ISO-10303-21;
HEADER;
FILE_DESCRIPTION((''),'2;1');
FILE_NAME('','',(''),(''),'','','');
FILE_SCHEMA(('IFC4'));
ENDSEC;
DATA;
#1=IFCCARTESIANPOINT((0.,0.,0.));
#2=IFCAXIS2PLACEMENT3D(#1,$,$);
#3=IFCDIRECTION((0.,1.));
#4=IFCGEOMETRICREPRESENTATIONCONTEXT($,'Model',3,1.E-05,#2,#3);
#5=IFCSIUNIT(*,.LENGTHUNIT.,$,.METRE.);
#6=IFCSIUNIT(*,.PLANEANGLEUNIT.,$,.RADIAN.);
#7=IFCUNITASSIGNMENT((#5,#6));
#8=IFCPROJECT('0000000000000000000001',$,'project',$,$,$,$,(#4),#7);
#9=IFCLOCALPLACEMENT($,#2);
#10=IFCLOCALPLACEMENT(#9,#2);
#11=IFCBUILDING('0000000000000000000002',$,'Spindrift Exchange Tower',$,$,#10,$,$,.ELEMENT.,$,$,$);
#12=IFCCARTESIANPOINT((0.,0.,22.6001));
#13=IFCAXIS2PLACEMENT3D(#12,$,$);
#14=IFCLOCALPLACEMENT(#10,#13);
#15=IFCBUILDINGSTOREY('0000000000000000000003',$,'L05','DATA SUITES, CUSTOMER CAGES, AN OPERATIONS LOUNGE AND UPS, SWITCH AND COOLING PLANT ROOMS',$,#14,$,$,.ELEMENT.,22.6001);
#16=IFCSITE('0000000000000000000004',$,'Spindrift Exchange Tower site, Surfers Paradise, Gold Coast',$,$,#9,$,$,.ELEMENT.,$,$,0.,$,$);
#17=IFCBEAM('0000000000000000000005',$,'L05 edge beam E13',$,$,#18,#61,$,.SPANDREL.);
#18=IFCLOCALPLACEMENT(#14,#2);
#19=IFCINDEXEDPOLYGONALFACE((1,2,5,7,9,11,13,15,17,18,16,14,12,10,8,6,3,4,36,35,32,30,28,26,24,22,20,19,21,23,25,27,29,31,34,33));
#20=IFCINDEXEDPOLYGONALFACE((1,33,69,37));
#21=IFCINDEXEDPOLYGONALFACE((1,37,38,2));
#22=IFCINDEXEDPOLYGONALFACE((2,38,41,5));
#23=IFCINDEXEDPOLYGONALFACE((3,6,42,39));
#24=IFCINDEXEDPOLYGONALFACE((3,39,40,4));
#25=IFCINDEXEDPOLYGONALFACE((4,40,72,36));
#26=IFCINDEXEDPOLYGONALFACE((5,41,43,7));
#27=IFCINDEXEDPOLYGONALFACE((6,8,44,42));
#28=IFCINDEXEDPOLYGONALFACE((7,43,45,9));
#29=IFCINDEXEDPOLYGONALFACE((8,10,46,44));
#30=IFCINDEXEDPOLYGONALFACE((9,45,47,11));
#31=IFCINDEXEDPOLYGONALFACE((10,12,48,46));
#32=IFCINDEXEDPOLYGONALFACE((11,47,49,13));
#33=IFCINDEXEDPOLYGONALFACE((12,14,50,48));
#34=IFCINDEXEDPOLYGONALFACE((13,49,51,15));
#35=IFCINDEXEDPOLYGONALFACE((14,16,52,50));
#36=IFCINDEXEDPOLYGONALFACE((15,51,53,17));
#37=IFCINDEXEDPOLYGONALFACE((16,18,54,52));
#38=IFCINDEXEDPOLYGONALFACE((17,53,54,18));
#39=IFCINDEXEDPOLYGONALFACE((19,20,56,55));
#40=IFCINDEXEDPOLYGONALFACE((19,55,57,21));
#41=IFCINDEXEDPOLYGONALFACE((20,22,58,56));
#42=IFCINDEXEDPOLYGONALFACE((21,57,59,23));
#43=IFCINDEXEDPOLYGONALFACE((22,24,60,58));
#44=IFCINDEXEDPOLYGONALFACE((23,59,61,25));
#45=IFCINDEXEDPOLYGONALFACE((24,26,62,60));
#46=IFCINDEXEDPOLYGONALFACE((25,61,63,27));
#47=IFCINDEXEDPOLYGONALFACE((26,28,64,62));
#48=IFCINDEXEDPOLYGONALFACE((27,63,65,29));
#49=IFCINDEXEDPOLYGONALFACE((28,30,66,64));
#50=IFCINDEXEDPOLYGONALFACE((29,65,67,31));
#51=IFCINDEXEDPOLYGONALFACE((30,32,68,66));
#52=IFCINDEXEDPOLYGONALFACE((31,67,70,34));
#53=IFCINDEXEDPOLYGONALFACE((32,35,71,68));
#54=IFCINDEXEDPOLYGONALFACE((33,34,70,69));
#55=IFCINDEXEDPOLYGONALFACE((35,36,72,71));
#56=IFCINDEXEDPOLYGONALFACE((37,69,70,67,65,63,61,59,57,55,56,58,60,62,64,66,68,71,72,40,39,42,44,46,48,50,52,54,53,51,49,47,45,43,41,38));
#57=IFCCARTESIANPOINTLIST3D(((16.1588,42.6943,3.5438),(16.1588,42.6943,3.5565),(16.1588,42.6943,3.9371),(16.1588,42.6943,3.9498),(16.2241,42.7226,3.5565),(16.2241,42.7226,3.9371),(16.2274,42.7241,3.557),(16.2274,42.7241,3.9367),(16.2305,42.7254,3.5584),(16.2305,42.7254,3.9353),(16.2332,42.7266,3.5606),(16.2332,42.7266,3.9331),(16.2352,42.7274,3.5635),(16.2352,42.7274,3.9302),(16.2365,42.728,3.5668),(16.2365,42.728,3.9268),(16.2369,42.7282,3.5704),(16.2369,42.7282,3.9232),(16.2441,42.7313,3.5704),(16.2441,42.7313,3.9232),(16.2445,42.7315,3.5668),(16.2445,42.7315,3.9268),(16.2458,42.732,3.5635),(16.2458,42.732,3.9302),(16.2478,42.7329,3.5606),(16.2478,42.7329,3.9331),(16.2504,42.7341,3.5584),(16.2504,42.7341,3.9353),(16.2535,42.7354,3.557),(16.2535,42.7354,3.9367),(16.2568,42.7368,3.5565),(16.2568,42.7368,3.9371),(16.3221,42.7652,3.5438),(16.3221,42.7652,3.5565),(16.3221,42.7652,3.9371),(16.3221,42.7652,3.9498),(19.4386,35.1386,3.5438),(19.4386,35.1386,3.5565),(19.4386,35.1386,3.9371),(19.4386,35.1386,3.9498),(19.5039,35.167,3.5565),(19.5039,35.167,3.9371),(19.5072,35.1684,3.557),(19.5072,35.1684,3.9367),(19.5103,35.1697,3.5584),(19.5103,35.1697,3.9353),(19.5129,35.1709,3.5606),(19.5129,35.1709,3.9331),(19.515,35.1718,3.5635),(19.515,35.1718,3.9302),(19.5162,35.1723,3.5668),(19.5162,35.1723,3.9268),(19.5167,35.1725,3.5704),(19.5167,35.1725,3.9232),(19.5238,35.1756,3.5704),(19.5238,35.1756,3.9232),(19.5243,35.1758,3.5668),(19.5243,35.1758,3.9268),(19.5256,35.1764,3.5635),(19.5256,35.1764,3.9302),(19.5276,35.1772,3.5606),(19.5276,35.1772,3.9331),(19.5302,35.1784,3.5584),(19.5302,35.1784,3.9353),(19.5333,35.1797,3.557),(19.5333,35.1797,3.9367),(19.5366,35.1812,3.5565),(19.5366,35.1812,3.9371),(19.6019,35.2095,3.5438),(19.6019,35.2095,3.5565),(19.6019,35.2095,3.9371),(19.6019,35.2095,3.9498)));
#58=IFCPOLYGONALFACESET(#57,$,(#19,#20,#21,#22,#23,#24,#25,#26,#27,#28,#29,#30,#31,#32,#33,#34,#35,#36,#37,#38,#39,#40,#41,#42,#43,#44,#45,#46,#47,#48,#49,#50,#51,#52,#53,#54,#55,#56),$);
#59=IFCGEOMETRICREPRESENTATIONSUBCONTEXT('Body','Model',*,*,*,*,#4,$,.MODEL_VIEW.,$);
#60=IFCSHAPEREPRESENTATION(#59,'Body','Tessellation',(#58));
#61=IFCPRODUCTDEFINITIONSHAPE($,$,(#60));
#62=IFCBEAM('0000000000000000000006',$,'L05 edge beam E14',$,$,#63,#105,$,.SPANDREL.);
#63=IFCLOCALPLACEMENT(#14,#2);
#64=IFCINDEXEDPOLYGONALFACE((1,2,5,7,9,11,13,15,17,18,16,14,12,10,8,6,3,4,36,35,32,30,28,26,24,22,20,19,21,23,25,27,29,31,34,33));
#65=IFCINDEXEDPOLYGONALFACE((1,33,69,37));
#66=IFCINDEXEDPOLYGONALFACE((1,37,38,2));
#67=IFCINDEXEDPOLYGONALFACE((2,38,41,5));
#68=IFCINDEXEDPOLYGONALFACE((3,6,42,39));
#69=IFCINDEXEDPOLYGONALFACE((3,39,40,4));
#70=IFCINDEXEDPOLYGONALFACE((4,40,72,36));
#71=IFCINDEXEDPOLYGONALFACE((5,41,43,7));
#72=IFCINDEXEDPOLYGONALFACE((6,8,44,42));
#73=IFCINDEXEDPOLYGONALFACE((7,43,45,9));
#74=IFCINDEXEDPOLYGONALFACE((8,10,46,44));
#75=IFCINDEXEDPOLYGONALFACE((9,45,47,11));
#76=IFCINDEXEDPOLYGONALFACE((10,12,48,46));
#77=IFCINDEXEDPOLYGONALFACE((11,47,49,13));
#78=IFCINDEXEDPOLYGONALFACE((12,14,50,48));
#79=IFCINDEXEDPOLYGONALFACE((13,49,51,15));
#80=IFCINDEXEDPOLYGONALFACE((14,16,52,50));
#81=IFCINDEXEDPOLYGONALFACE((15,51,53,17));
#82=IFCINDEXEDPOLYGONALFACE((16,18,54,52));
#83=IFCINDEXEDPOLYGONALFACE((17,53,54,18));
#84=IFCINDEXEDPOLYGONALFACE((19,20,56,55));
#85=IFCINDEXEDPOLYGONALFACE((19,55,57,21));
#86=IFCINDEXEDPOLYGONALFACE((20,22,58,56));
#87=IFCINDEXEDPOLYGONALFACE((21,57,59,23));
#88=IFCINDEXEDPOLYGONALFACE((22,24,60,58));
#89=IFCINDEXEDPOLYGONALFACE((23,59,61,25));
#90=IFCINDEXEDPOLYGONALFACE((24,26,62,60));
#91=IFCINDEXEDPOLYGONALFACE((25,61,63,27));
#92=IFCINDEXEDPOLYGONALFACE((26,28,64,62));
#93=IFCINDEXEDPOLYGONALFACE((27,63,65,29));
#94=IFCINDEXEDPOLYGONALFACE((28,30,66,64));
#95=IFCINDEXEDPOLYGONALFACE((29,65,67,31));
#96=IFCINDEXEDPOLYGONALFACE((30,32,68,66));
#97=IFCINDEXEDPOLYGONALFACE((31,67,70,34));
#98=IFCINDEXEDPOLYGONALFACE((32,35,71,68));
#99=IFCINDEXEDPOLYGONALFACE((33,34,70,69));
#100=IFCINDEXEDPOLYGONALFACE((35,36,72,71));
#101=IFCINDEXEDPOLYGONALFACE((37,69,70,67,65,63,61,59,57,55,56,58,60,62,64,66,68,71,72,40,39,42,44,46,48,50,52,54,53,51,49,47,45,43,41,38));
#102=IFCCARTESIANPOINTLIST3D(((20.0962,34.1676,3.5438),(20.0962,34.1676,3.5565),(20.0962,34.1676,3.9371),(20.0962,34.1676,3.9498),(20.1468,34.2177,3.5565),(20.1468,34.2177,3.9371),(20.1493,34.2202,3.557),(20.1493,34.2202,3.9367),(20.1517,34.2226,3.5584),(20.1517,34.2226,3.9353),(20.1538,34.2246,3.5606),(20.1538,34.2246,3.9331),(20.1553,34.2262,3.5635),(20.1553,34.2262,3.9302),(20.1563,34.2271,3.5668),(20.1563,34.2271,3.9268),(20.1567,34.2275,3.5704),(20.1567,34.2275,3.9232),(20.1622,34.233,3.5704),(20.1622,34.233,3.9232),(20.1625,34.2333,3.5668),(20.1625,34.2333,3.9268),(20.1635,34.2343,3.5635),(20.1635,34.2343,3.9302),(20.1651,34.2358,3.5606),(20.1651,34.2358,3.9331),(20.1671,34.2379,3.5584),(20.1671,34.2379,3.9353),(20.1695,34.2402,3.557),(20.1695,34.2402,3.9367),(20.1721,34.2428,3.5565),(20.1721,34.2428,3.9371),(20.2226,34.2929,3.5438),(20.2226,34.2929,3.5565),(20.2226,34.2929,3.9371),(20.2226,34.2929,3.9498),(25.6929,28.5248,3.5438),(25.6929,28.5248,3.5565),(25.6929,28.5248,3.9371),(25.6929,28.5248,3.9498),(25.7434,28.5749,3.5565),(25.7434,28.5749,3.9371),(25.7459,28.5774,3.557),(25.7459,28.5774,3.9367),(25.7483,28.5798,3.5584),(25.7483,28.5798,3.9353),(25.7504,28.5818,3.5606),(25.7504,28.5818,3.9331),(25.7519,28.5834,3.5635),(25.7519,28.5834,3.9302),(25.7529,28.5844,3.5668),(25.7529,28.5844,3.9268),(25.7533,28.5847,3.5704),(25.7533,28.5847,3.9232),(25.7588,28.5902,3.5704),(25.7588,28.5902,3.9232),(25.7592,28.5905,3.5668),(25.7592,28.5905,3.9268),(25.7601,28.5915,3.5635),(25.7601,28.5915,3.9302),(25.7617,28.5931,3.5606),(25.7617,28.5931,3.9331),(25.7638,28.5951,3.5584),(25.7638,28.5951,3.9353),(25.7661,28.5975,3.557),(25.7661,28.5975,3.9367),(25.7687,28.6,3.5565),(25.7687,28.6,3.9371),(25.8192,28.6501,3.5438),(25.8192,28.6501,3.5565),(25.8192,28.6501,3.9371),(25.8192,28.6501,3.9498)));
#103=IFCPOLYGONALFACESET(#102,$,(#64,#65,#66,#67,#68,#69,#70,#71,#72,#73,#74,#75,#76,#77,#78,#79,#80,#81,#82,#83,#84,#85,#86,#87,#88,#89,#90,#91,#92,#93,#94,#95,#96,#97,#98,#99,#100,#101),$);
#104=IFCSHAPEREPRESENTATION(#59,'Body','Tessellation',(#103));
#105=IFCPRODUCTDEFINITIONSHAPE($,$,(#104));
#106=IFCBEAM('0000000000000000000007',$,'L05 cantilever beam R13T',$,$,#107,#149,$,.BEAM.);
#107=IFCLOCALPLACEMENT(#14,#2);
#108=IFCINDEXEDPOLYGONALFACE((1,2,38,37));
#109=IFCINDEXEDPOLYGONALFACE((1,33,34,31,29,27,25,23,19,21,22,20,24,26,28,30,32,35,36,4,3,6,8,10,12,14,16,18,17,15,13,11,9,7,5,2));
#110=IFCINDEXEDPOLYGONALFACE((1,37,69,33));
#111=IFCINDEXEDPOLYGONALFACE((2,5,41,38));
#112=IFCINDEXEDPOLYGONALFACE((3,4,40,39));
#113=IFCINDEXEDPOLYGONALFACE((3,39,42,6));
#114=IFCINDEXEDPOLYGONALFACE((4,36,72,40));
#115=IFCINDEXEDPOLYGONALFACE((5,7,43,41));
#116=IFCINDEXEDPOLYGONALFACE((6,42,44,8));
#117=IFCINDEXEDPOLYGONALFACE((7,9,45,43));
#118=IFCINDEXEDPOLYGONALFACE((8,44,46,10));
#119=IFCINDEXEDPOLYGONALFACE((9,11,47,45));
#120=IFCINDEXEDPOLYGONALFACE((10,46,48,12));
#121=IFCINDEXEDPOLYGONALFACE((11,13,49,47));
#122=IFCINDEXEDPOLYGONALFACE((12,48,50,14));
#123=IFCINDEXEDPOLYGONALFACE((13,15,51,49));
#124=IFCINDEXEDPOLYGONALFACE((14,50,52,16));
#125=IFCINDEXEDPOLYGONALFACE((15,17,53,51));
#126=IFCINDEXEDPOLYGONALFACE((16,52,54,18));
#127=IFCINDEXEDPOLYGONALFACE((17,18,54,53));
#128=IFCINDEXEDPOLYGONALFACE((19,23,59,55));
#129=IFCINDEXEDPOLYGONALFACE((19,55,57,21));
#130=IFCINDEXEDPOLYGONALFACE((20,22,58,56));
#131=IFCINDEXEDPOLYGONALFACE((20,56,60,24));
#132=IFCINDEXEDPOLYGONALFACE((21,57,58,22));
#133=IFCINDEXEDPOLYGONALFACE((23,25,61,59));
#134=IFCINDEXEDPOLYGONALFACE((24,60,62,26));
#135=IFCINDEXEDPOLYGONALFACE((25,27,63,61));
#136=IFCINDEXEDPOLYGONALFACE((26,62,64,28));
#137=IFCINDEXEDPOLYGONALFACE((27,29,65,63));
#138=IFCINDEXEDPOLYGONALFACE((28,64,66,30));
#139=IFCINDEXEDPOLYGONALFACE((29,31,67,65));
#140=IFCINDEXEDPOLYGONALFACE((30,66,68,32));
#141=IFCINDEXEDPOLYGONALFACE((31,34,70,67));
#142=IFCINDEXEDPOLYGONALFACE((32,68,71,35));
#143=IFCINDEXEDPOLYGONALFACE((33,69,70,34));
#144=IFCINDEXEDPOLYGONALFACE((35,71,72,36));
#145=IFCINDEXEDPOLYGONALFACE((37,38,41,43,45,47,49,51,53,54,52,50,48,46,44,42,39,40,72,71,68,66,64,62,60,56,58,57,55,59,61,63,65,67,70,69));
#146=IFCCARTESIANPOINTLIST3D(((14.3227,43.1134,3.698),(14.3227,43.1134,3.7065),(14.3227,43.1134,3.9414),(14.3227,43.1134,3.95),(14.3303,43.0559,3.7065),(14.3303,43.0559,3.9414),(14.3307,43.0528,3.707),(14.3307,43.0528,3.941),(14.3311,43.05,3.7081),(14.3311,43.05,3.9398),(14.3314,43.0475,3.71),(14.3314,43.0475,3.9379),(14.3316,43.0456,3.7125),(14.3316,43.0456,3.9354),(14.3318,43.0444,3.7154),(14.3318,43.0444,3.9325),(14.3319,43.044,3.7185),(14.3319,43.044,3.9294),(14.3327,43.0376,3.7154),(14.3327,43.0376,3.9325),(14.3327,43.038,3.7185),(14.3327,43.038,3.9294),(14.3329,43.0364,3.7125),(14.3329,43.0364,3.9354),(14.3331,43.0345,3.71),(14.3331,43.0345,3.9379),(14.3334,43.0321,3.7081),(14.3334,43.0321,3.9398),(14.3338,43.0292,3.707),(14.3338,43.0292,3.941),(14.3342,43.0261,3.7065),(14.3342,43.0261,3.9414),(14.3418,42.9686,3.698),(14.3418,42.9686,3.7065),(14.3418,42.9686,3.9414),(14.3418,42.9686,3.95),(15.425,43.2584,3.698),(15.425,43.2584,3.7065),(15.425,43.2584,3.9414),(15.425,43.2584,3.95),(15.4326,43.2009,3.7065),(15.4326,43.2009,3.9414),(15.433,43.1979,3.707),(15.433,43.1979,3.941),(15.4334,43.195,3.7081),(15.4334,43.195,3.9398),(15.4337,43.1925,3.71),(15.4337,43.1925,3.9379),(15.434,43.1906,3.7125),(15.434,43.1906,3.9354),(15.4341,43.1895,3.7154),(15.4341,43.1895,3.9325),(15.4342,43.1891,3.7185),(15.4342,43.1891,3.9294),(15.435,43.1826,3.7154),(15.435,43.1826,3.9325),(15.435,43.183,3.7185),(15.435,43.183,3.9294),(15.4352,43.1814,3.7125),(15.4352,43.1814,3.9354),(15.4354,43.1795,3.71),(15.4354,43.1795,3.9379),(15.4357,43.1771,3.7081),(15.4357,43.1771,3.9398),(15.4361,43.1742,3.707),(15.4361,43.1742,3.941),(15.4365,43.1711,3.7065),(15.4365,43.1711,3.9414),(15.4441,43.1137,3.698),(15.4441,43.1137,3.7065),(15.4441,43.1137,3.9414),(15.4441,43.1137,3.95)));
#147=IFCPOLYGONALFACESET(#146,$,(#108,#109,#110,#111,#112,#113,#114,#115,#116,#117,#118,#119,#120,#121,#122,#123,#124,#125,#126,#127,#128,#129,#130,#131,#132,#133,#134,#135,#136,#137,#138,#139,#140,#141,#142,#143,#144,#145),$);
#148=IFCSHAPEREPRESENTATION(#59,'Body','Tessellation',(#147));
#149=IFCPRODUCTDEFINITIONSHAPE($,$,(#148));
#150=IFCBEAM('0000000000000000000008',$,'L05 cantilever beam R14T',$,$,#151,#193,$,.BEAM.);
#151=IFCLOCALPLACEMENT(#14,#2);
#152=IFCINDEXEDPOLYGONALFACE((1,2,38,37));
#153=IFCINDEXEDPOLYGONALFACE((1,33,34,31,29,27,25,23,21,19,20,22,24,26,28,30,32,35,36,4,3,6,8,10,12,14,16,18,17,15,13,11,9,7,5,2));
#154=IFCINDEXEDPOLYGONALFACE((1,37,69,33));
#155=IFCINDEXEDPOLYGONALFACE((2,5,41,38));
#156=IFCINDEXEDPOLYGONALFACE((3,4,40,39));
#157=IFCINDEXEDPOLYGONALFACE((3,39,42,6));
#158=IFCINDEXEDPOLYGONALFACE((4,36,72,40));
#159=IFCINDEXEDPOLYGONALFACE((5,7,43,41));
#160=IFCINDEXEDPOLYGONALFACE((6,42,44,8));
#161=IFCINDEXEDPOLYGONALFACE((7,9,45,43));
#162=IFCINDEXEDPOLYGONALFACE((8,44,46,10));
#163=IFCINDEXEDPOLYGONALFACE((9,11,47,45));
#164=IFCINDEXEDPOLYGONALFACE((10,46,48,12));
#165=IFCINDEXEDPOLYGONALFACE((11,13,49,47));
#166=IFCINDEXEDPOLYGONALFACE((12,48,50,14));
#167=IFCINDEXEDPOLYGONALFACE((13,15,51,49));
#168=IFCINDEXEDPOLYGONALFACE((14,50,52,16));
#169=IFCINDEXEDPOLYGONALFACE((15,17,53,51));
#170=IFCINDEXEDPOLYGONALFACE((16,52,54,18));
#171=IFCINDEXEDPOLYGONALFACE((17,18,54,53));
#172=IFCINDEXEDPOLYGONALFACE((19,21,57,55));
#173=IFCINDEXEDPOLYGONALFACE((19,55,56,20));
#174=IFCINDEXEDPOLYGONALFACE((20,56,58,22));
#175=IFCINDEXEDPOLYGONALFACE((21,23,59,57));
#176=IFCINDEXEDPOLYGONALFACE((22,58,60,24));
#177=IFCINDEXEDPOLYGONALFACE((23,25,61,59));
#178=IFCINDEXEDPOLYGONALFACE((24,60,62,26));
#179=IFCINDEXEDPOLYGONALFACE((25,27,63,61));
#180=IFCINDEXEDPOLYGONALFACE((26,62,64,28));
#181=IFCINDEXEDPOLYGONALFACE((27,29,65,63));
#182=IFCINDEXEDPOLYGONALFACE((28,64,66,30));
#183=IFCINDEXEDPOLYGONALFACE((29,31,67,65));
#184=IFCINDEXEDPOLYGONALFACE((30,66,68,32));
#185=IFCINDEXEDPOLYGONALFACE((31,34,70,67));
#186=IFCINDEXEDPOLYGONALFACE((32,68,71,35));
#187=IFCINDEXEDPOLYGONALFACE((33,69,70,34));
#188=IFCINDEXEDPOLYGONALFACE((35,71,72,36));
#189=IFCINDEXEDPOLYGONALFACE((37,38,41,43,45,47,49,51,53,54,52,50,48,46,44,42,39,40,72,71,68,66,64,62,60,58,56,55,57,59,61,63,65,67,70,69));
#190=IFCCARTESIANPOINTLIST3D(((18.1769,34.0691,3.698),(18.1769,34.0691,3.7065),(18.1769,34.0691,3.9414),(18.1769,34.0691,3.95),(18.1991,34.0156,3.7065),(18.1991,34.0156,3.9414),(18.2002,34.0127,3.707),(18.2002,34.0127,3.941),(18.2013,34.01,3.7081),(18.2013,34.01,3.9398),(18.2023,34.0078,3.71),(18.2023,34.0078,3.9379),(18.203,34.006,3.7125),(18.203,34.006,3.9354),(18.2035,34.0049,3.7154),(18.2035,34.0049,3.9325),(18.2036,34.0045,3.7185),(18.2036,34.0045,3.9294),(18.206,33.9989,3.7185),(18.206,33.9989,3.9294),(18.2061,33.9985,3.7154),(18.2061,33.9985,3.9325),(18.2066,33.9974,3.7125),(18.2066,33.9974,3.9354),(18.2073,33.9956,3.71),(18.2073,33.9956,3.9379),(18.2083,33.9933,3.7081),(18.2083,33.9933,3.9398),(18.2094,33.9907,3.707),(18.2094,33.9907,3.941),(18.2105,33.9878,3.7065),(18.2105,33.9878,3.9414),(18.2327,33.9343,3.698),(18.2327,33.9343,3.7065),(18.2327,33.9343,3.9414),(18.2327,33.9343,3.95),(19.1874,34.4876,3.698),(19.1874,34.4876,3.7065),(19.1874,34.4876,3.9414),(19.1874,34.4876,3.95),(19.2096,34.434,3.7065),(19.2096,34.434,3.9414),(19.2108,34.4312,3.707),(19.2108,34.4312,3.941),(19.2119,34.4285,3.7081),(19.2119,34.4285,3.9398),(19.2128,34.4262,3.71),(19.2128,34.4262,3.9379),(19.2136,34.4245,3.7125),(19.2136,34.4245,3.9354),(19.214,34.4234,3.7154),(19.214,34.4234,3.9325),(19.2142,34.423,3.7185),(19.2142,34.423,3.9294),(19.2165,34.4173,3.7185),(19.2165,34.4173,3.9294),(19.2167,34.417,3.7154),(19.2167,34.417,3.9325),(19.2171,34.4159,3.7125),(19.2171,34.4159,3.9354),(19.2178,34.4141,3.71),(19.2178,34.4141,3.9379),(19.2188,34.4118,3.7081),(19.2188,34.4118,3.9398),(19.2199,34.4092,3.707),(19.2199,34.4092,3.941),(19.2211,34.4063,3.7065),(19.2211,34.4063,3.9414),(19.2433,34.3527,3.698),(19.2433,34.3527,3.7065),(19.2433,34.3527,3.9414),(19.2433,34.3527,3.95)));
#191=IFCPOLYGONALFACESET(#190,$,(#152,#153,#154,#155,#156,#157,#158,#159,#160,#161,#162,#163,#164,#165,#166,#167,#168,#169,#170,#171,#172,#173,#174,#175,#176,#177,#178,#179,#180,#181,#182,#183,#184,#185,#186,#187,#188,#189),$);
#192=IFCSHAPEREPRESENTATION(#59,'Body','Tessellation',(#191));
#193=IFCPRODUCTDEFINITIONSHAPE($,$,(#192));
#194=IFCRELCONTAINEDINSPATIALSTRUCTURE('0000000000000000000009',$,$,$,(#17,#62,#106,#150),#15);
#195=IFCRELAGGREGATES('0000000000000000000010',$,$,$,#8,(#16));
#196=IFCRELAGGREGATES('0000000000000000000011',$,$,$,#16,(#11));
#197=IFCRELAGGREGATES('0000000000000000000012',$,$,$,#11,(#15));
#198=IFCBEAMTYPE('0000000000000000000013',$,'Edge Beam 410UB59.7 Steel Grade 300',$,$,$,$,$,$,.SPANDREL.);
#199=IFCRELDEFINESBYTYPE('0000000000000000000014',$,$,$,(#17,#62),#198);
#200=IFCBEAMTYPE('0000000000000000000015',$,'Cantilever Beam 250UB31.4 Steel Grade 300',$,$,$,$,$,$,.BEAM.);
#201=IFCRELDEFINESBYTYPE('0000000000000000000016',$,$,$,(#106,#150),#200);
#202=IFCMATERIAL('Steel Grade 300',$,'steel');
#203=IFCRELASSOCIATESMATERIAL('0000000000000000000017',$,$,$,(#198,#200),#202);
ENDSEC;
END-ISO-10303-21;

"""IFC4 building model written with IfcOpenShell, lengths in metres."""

from ifc_helpers import new_model, si_unit, direction, frame, origin, origin_2d, place, context, subcontext, project, spatial, i_section, extrude, source, transform, mapped, material, material_profile, profile_set, type_object, element, save


model = new_model("IFC4")

# Units and contexts
model_context = context("Model", 3, precision=1e-05, world=origin(), true_north=direction((0.0, 1.0)))
body_context = subcontext(model_context, "Body", "Model", "MODEL_VIEW")
ifc_project = project(units=[si_unit("LENGTHUNIT", "METRE"), si_unit("PLANEANGLEUNIT", "RADIAN")], contexts=[model_context])

# Site, building, storey
site_placement = place(None, origin())
site = spatial("IfcSite", under=ifc_project, at=site_placement, Name="Spindrift Exchange Tower site, Surfers Paradise, Gold Coast", CompositionType="ELEMENT", RefElevation=0.0)
building_placement = place(site_placement, origin())
building = spatial("IfcBuilding", under=site, at=building_placement, Name="Spindrift Exchange Tower", CompositionType="ELEMENT")
storey_placement = place(building_placement, frame((0.0, 0.0, 22.6001)))
storey = spatial("IfcBuildingStorey", under=building, at=storey_placement, Name="L05", Description="DATA SUITES, CUSTOMER CAGES, AN OPERATIONS LOUNGE AND UPS, SWITCH AND COOLING PLANT ROOMS", CompositionType="ELEMENT", Elevation=22.6001)

# Beams
ifc_material_1 = material(Name="Steel Grade 300", Category="steel")
ifc_material_profile_1 = material_profile(ifc_material_1, i_section(OverallWidth=0.178, OverallDepth=0.406, WebThickness=0.0078, FlangeThickness=0.0127, FilletRadius=0.0139, at=origin_2d()), Name="410UB59.7")
ifc_profile_set_1 = profile_set([ifc_material_profile_1], Name="Steel Grade 300")
beam_type_1 = type_object("IfcBeamType", Name="Edge Beam 410UB59.7 Steel Grade 300", PredefinedType="SPANDREL", material=ifc_profile_set_1)
shared_shape_1 = source(origin(), body_context, "Body", "SweptSolid", [
    extrude(i_section(OverallWidth=0.178, OverallDepth=0.406, WebThickness=0.0078, FlangeThickness=0.0127, FilletRadius=0.0139, at=origin_2d()), origin(), (0.0, 0.0, 1.0), 8.2368),
])
beam_1_placement = place(storey_placement, frame((16.2405, 42.7297, 3.7468), z_axis=(0.398186, -0.917305, 0.0), x_axis=(0.917305, 0.398186, 0.0)))
element("IfcBeam", 1, at=beam_1_placement, inside=storey, type_object=beam_type_1, Name="L05 edge beam E13", PredefinedType="SPANDREL", context=body_context, shape_type="MappedRepresentation", body=[
    mapped(shared_shape_1, transform((0.0, 0.0, 0.0), scale=1.0)),
])
shared_shape_2 = source(origin(), body_context, "Body", "SweptSolid", [
    extrude(i_section(OverallWidth=0.178, OverallDepth=0.406, WebThickness=0.0078, FlangeThickness=0.0127, FilletRadius=0.0139, at=origin_2d()), origin(), (0.0, 0.0, 1.0), 7.9475),
])
beam_2_placement = place(storey_placement, frame((20.1594, 34.2302, 3.7468), z_axis=(0.704198, -0.710004, 0.0), x_axis=(0.710004, 0.704198, 0.0)))
element("IfcBeam", 2, at=beam_2_placement, inside=storey, type_object=beam_type_1, Name="L05 edge beam E14", PredefinedType="SPANDREL", context=body_context, shape_type="MappedRepresentation", body=[
    mapped(shared_shape_2, transform((0.0, 0.0, 0.0), scale=1.0)),
])
ifc_material_profile_2 = material_profile(ifc_material_1, i_section(OverallWidth=0.146, OverallDepth=0.252, WebThickness=0.0061, FlangeThickness=0.0085, FilletRadius=0.012, at=origin_2d()), Name="250UB31.4")
ifc_profile_set_2 = profile_set([ifc_material_profile_2], Name="Steel Grade 300")
beam_type_2 = type_object("IfcBeamType", Name="Cantilever Beam 250UB31.4 Steel Grade 300", PredefinedType="BEAM", material=ifc_profile_set_2)
shared_shape_3 = source(origin(), body_context, "Body", "SweptSolid", [
    extrude(i_section(OverallWidth=0.146, OverallDepth=0.252, WebThickness=0.0061, FlangeThickness=0.0085, FilletRadius=0.012, at=origin_2d()), origin(), (0.0, 0.0, 1.0), 1.1118),
])
beam_3_placement = place(storey_placement, frame((15.4346, 43.186, 3.824), z_axis=(-0.991457, -0.130437, 0.0), x_axis=(0.130437, -0.991457, 0.0)))
element("IfcBeam", 3, at=beam_3_placement, inside=storey, type_object=beam_type_2, Name="L05 cantilever beam R13T", PredefinedType="BEAM", context=body_context, shape_type="MappedRepresentation", body=[
    mapped(shared_shape_3, transform((0.0, 0.0, 0.0), scale=1.0)),
])
shared_shape_4 = source(origin(), body_context, "Body", "SweptSolid", [
    extrude(i_section(OverallWidth=0.146, OverallDepth=0.252, WebThickness=0.0061, FlangeThickness=0.0085, FilletRadius=0.012, at=origin_2d()), origin(), (0.0, 0.0, 1.0), 1.0938),
])
beam_4_placement = place(storey_placement, frame((19.2153, 34.4202, 3.824), z_axis=(-0.923913, -0.382602, 0.0), x_axis=(0.382602, -0.923913, 0.0)))
element("IfcBeam", 4, at=beam_4_placement, inside=storey, type_object=beam_type_2, Name="L05 cantilever beam R14T", PredefinedType="BEAM", context=body_context, shape_type="MappedRepresentation", body=[
    mapped(shared_shape_4, transform((0.0, 0.0, 0.0), scale=1.0)),
])

save(model, "model.ifc")
